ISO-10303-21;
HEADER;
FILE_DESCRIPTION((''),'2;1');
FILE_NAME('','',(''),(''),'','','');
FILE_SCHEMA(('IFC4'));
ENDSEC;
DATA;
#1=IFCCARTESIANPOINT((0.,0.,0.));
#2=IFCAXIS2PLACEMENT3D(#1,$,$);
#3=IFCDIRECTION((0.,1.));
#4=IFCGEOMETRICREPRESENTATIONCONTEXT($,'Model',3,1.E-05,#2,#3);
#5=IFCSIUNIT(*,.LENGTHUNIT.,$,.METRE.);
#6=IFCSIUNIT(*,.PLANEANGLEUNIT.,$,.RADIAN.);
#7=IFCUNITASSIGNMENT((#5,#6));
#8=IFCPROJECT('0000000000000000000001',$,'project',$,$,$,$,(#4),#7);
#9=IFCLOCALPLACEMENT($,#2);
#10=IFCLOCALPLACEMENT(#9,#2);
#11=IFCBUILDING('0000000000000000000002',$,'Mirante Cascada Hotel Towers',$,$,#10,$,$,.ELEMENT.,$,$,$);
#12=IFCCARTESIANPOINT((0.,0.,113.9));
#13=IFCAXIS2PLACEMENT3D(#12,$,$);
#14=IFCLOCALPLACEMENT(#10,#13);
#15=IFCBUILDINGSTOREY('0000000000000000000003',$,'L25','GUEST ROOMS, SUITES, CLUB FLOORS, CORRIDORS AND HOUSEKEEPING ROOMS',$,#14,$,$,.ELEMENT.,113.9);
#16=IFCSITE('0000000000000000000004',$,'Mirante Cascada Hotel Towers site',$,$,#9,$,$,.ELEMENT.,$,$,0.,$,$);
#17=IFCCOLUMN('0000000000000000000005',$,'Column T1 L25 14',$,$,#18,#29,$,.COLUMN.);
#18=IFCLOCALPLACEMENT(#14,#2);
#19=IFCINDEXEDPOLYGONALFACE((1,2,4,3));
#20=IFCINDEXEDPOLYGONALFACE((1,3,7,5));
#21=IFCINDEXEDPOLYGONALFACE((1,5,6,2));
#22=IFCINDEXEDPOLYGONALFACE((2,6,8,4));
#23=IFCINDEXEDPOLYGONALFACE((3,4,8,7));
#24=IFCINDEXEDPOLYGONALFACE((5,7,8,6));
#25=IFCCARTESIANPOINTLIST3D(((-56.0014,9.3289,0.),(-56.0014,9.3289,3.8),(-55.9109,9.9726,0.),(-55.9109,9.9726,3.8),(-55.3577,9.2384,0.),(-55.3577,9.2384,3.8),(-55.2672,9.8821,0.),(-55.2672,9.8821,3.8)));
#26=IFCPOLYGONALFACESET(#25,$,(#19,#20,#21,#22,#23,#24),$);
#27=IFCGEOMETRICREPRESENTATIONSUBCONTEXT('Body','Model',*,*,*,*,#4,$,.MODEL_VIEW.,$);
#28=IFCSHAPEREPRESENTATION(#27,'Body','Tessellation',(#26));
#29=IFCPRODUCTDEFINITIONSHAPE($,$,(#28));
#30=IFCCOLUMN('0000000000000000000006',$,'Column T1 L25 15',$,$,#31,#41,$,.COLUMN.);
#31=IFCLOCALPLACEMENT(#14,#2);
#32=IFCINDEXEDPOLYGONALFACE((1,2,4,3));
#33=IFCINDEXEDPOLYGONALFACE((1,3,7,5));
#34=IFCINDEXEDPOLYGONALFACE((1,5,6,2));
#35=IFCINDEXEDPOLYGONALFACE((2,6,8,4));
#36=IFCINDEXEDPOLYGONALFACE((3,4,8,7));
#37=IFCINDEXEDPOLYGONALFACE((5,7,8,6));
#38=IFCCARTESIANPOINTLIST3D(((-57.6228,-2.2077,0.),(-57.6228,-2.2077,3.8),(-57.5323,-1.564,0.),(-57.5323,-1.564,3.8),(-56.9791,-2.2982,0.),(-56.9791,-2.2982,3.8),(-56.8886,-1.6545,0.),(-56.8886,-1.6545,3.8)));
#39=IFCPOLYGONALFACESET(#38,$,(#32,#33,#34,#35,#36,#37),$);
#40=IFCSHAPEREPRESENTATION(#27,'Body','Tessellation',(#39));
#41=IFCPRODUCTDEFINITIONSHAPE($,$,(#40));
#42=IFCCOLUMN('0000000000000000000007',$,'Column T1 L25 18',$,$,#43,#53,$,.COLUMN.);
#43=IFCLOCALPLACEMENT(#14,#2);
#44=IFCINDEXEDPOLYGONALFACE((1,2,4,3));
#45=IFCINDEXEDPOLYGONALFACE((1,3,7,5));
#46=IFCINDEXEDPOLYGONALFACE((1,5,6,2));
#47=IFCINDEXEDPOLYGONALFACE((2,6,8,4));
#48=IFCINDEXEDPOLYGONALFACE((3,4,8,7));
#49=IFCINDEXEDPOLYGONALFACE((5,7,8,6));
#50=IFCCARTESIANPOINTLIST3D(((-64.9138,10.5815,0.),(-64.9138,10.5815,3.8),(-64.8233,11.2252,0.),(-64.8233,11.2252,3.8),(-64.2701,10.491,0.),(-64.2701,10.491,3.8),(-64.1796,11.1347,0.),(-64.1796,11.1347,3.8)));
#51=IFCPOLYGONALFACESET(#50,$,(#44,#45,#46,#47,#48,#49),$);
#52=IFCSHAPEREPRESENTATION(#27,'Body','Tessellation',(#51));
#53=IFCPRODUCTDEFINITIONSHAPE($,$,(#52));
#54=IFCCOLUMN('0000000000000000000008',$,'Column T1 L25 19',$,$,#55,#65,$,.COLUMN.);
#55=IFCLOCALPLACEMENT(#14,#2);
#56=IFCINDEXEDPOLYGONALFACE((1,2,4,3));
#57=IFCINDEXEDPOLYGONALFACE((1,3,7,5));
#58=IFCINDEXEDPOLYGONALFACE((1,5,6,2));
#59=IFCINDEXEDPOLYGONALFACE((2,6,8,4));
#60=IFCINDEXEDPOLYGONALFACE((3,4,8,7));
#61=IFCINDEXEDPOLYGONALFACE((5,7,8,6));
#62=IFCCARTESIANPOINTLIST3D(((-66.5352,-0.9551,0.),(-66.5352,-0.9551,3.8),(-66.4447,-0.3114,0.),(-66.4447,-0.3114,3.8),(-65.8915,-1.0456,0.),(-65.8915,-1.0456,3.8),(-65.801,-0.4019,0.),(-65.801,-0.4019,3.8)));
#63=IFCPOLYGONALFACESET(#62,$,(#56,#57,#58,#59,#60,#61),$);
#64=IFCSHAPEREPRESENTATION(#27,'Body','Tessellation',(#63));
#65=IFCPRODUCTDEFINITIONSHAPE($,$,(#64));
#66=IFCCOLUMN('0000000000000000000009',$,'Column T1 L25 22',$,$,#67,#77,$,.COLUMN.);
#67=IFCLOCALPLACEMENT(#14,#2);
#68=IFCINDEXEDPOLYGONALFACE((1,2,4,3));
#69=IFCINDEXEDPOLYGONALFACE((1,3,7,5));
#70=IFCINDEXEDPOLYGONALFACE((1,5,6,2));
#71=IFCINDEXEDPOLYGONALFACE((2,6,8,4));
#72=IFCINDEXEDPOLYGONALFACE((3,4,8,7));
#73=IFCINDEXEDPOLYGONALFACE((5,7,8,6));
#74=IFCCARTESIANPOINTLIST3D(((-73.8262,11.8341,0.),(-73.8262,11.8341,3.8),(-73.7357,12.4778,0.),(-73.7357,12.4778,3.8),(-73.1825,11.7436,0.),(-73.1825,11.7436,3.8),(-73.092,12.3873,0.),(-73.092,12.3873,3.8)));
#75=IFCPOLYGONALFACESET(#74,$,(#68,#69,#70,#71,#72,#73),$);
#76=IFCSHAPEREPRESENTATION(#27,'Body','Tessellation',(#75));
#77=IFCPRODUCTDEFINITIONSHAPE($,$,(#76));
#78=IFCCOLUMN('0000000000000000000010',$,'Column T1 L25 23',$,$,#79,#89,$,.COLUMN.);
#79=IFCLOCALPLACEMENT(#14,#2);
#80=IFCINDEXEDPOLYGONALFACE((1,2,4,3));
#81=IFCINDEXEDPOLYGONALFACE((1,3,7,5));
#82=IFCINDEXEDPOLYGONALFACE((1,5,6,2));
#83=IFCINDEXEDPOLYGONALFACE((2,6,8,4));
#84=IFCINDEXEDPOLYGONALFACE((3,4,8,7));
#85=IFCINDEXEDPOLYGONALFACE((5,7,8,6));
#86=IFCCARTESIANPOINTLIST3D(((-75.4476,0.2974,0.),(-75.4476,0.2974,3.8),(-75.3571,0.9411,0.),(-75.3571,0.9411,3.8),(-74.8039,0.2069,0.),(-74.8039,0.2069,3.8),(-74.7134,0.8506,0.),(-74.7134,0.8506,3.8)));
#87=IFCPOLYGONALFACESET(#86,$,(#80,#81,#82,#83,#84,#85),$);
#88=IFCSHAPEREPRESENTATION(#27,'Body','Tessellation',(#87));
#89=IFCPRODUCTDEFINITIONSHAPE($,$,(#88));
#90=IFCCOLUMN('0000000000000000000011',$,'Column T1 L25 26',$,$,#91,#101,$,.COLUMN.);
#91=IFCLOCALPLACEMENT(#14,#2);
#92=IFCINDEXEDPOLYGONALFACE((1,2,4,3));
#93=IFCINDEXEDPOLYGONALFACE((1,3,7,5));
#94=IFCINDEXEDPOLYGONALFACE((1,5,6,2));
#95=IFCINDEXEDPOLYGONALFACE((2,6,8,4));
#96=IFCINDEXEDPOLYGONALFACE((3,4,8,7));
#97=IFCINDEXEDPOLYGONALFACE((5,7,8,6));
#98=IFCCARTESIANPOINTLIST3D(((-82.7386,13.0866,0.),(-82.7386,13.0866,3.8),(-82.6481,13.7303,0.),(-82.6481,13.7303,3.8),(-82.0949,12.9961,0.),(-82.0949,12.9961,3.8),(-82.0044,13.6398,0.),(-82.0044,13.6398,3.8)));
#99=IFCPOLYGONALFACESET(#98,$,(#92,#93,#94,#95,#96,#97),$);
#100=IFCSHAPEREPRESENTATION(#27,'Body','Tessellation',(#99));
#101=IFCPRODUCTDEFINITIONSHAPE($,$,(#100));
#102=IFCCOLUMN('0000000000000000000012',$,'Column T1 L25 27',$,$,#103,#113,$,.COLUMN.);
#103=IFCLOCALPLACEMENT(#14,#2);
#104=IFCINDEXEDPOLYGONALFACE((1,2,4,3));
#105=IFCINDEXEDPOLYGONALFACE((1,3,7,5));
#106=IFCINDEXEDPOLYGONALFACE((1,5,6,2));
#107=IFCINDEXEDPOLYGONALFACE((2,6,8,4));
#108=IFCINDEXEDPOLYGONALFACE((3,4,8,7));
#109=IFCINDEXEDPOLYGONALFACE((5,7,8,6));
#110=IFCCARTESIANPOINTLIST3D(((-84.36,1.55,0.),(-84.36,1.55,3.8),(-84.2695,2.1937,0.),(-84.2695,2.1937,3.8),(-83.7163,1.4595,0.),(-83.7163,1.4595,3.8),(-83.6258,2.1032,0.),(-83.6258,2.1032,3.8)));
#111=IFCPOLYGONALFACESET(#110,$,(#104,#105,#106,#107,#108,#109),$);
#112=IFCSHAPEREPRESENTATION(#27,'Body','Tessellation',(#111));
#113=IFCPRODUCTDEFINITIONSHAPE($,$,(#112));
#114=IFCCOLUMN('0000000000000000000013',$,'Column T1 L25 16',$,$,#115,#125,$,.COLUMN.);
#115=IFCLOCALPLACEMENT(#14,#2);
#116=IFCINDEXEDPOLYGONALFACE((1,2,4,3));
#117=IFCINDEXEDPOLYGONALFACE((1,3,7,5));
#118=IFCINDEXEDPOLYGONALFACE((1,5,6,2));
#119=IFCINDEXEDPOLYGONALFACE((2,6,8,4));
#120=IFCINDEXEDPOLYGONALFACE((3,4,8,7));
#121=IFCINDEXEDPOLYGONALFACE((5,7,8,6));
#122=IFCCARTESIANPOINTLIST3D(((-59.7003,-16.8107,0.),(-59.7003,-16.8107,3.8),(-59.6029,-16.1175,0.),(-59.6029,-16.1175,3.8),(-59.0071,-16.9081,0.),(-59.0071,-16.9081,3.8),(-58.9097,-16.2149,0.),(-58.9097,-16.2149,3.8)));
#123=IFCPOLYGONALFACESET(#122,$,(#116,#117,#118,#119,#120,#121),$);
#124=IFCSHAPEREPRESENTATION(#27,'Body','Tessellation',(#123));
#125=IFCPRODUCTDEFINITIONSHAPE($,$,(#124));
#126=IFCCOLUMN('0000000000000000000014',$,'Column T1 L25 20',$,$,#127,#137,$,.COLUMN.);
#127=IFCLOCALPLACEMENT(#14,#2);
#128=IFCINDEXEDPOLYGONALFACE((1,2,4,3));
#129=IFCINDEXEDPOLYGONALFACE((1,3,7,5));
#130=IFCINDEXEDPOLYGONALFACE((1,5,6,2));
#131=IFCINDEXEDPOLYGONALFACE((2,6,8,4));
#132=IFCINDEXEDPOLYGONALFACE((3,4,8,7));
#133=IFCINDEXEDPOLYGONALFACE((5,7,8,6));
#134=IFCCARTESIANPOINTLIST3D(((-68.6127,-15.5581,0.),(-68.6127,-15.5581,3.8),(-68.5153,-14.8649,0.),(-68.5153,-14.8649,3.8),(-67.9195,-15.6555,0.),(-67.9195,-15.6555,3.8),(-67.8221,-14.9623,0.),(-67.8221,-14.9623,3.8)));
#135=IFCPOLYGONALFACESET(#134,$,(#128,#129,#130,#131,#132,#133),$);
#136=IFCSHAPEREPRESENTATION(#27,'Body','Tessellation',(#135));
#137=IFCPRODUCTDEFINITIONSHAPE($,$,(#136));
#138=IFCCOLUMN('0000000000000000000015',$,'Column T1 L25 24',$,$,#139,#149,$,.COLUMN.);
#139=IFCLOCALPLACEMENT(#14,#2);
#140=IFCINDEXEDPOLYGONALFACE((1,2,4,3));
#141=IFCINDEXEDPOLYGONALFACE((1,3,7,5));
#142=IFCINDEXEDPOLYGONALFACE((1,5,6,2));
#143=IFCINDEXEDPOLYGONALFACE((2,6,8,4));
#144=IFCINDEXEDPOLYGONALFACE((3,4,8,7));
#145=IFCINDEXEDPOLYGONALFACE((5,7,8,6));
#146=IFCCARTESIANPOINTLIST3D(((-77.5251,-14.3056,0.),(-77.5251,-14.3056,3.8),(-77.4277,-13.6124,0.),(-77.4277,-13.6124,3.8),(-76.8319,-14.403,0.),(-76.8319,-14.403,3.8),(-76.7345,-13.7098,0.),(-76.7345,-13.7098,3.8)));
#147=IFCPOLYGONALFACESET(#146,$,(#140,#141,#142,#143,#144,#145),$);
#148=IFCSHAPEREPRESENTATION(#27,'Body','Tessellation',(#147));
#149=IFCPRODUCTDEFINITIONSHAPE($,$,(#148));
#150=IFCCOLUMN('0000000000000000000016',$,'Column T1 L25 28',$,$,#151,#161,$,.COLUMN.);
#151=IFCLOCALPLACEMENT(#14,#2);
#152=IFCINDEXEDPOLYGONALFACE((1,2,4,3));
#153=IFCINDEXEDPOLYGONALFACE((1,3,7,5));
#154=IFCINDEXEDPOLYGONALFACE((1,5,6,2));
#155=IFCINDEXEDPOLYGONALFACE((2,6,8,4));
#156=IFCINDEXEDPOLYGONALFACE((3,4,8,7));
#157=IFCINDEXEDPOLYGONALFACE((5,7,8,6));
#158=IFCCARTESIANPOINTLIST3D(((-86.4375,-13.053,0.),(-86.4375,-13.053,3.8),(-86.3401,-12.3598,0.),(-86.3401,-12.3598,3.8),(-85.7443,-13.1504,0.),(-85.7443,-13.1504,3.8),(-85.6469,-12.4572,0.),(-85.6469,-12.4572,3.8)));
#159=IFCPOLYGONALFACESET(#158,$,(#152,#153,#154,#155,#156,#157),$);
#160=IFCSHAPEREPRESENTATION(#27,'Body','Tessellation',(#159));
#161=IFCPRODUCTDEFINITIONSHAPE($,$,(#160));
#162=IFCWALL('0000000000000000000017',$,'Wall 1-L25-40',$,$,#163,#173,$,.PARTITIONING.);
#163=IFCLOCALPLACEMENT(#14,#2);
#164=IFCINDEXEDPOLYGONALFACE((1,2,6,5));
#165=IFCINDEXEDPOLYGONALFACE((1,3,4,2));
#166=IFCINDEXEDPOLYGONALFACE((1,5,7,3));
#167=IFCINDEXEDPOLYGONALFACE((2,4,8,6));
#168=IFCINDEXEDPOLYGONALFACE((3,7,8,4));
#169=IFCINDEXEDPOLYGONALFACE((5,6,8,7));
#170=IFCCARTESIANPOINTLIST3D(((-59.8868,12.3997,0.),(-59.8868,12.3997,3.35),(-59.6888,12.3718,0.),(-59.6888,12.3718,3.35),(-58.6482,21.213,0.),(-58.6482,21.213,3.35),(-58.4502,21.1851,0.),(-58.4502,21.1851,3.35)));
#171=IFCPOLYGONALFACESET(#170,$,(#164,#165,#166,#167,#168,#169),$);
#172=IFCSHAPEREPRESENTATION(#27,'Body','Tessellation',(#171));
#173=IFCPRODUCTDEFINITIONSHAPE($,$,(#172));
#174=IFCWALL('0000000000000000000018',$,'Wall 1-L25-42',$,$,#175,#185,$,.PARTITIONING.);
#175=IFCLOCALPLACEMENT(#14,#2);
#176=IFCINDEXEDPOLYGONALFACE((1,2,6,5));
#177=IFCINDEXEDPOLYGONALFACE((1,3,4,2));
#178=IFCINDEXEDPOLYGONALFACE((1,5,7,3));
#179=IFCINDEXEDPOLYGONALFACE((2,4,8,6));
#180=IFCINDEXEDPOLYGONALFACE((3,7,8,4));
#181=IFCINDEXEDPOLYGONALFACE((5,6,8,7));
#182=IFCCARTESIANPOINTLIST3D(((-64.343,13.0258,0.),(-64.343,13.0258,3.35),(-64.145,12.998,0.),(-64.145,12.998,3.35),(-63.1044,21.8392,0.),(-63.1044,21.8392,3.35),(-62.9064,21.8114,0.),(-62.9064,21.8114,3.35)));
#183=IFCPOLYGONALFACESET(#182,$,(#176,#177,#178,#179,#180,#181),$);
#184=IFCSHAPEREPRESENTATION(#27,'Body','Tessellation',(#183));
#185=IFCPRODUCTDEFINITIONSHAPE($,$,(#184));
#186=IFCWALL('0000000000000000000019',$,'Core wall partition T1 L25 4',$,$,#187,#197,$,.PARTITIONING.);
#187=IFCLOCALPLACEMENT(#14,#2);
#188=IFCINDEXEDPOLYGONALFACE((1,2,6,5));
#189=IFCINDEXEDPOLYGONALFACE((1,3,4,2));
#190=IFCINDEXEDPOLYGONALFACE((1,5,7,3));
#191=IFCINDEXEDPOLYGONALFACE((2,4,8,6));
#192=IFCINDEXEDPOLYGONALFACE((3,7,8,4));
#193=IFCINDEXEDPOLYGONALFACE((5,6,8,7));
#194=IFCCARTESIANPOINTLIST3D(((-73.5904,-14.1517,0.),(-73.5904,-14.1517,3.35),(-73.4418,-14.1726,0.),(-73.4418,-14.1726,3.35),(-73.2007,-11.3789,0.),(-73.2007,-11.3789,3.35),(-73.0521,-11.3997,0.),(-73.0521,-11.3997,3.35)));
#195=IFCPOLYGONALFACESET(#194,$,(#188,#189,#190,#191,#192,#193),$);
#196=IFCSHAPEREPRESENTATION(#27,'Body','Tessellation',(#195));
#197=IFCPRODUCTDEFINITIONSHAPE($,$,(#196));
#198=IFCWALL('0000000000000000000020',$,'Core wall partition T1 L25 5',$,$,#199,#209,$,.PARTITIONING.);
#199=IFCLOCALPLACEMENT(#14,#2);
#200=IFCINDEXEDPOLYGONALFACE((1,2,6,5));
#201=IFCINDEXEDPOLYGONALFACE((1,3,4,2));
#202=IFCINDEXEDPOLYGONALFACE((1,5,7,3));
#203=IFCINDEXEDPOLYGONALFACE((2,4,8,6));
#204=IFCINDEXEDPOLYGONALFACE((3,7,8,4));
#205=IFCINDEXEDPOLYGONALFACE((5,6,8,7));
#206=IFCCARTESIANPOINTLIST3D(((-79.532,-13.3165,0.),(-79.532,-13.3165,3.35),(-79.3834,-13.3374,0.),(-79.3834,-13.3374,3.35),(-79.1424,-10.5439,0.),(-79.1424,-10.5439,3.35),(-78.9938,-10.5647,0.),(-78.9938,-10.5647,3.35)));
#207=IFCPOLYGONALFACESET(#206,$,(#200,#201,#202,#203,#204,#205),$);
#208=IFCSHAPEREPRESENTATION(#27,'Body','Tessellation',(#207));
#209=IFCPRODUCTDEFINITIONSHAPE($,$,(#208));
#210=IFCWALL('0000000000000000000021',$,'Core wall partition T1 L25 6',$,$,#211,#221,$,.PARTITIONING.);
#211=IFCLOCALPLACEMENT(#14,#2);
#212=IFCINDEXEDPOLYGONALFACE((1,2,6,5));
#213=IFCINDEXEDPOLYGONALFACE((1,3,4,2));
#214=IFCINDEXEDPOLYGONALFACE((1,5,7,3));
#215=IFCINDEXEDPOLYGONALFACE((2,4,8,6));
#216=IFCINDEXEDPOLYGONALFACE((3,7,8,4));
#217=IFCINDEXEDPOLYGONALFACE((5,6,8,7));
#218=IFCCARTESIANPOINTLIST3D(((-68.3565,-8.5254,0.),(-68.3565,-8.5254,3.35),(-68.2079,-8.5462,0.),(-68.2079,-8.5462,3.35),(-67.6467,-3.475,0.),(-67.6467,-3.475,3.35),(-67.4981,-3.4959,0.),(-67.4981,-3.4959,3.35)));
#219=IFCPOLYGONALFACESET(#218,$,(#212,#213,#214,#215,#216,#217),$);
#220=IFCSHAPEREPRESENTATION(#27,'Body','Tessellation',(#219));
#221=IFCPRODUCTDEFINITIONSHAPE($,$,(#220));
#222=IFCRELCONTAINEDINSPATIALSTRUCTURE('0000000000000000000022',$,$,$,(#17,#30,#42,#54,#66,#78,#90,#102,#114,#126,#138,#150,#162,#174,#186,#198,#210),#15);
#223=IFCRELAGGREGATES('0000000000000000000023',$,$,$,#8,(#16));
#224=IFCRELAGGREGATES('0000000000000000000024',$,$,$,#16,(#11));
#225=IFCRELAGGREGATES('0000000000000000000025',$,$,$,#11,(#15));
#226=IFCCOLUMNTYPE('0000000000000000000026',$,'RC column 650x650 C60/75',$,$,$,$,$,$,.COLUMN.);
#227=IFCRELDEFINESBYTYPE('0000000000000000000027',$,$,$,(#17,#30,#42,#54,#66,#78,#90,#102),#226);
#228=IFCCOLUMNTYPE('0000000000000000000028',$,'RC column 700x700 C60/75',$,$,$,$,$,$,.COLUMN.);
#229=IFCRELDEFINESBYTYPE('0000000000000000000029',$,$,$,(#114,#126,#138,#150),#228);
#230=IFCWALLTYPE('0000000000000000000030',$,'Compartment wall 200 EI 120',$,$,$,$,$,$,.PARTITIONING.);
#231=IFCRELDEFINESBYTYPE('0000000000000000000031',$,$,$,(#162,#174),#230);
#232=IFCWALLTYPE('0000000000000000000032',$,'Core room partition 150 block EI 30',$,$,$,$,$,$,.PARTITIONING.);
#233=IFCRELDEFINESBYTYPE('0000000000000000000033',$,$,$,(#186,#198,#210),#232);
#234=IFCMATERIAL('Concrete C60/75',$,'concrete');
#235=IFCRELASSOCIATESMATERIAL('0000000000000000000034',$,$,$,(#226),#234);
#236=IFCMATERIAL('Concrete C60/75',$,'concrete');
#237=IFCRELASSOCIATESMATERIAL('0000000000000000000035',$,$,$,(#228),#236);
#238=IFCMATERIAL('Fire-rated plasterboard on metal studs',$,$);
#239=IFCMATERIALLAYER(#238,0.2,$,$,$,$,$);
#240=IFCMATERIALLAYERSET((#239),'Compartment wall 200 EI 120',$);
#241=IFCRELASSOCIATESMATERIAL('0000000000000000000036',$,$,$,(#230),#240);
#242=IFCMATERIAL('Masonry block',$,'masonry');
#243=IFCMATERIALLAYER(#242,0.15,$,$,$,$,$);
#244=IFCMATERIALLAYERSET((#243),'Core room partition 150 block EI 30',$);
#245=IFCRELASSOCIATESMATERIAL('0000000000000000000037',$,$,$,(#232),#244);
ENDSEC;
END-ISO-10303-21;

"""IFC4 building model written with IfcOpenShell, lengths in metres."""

from ifc_helpers import new_model, si_unit, direction, frame, frame_2d, origin, origin_2d, place, context, subcontext, project, spatial, rectangle, extrude, material, layer, layer_set, material_profile, profile_set, type_object, element, save


model = new_model("IFC4")

# Units and contexts
model_context = context("Model", 3, precision=1e-05, world=origin(), true_north=direction((0.0, 1.0)))
body_context = subcontext(model_context, "Body", "Model", "MODEL_VIEW")
ifc_project = project(units=[si_unit("LENGTHUNIT", "METRE"), si_unit("PLANEANGLEUNIT", "RADIAN")], contexts=[model_context])

# Site, building, storey
site_placement = place(None, origin())
site = spatial("IfcSite", under=ifc_project, at=site_placement, Name="Mirante Cascada Hotel Towers site", CompositionType="ELEMENT", RefElevation=0.0)
building_placement = place(site_placement, origin())
building = spatial("IfcBuilding", under=site, at=building_placement, Name="Mirante Cascada Hotel Towers", CompositionType="ELEMENT")
storey_placement = place(building_placement, frame((0.0, 0.0, 113.9)))
storey = spatial("IfcBuildingStorey", under=building, at=storey_placement, Name="L25", Description="GUEST ROOMS, SUITES, CLUB FLOORS, CORRIDORS AND HOUSEKEEPING ROOMS", CompositionType="ELEMENT", Elevation=113.9)

# Columns
ifc_material_1 = material(Name="Concrete C60/75", Category="concrete")
ifc_material_profile_1 = material_profile(ifc_material_1, rectangle(XDim=0.65, YDim=0.65, at=origin_2d()), Name="RC column 650x650 C60/75")
ifc_profile_set_1 = profile_set([ifc_material_profile_1], Name="Concrete C60/75")
column_type_1 = type_object("IfcColumnType", Name="RC column 650x650 C60/75", PredefinedType="COLUMN", material=ifc_profile_set_1)
for number, where, z_axis, x_axis, name in (
    (1, (-55.6343, 9.6055, 0.0), (0.0, 0.0, 1.0), (-0.990268, 0.139173, 0.0), "Column T1 L25 14"),
    (2, (-57.2557, -1.9311, 0.0), (0.0, 0.0, 1.0), (-0.990268, 0.139173, 0.0), "Column T1 L25 15"),
    (3, (-64.5467, 10.8581, 0.0), (0.0, 0.0, 1.0), (-0.990268, 0.139173, 0.0), "Column T1 L25 18"),
    (4, (-66.1681, -0.6785, 0.0), (0.0, 0.0, 1.0), (-0.990268, 0.139173, 0.0), "Column T1 L25 19"),
    (5, (-73.4591, 12.1107, 0.0), (0.0, 0.0, 1.0), (-0.990268, 0.139173, 0.0), "Column T1 L25 22"),
    (6, (-75.0805, 0.574, 0.0), (0.0, 0.0, 1.0), (-0.990268, 0.139173, 0.0), "Column T1 L25 23"),
    (7, (-82.3715, 13.3632, 0.0), (0.0, 0.0, 1.0), (-0.990268, 0.139173, 0.0), "Column T1 L25 26"),
    (8, (-83.9929, 1.8266, 0.0), (0.0, 0.0, 1.0), (-0.990268, 0.139173, 0.0), "Column T1 L25 27"),
):
    element("IfcColumn", number, at=place(storey_placement, frame(where, z_axis=z_axis, x_axis=x_axis)), inside=storey, type_object=column_type_1, Name=name, PredefinedType="COLUMN", context=body_context, shape_type="SweptSolid", body=[
        extrude(rectangle(XDim=0.65, YDim=0.65, at=origin_2d()), origin(), (0.0, 0.0, 1.0), 3.8),
    ])
ifc_material_2 = material(Name="Concrete C60/75", Category="concrete")
ifc_material_profile_2 = material_profile(ifc_material_2, rectangle(XDim=0.7, YDim=0.7, at=origin_2d()), Name="RC column 700x700 C60/75")
ifc_profile_set_2 = profile_set([ifc_material_profile_2], Name="Concrete C60/75")
column_type_2 = type_object("IfcColumnType", Name="RC column 700x700 C60/75", PredefinedType="COLUMN", material=ifc_profile_set_2)
for number, where, z_axis, x_axis, name in (
    (9, (-59.305, -16.5128, 0.0), (0.0, 0.0, 1.0), (-0.990268, 0.139173, 0.0), "Column T1 L25 16"),
    (10, (-68.2174, -15.2602, 0.0), (0.0, 0.0, 1.0), (-0.990268, 0.139173, 0.0), "Column T1 L25 20"),
    (11, (-77.1298, -14.0077, 0.0), (0.0, 0.0, 1.0), (-0.990268, 0.139173, 0.0), "Column T1 L25 24"),
    (12, (-86.0422, -12.7551, 0.0), (0.0, 0.0, 1.0), (-0.990268, 0.139173, 0.0), "Column T1 L25 28"),
):
    element("IfcColumn", number, at=place(storey_placement, frame(where, z_axis=z_axis, x_axis=x_axis)), inside=storey, type_object=column_type_2, Name=name, PredefinedType="COLUMN", context=body_context, shape_type="SweptSolid", body=[
        extrude(rectangle(XDim=0.7, YDim=0.7, at=origin_2d()), origin(), (0.0, 0.0, 1.0), 3.8),
    ])

# Walls
ifc_material_3 = material(Name="Fire-rated plasterboard on metal studs")
ifc_layer_1 = layer(ifc_material_3, 0.2)
ifc_layer_set_1 = layer_set([ifc_layer_1], Name="Compartment wall 200 EI 120")
wall_type_1 = type_object("IfcWallType", Name="Compartment wall 200 EI 120", PredefinedType="PARTITIONING", material=ifc_layer_set_1)
wall_1_placement = place(storey_placement, frame((-59.7878, 12.3857, 0.0), z_axis=(0.0, 0.0, 1.0), x_axis=(0.13917, 0.990268, 0.0)))
element("IfcWall", 13, at=wall_1_placement, inside=storey, type_object=wall_type_1, Name="Wall 1-L25-40", PredefinedType="PARTITIONING", context=body_context, shape_type="SweptSolid", body=[
    extrude(rectangle(XDim=8.8999, YDim=0.2, at=frame_2d((4.45, 0.0))), origin(), (0.0, 0.0, 1.0), 3.35),
])
wall_2_placement = place(storey_placement, frame((-64.244, 13.0119, 0.0), z_axis=(0.0, 0.0, 1.0), x_axis=(0.139168, 0.990269, 0.0)))
element("IfcWall", 14, at=wall_2_placement, inside=storey, type_object=wall_type_1, Name="Wall 1-L25-42", PredefinedType="PARTITIONING", context=body_context, shape_type="SweptSolid", body=[
    extrude(rectangle(XDim=8.9, YDim=0.2, at=frame_2d((4.45, 0.0))), origin(), (0.0, 0.0, 1.0), 3.35),
])
ifc_material_4 = material(Name="Masonry block", Category="masonry")
ifc_layer_2 = layer(ifc_material_4, 0.15)
ifc_layer_set_2 = layer_set([ifc_layer_2], Name="Core room partition 150 block EI 30")
wall_type_2 = type_object("IfcWallType", Name="Core room partition 150 block EI 30", PredefinedType="PARTITIONING", material=ifc_layer_set_2)
wall_3_placement = place(storey_placement, frame((-73.5161, -14.1621, 0.0), z_axis=(0.0, 0.0, 1.0), x_axis=(0.139176, 0.990268, 0.0)))
element("IfcWall", 15, at=wall_3_placement, inside=storey, type_object=wall_type_2, Name="Core wall partition T1 L25 4", PredefinedType="PARTITIONING", context=body_context, shape_type="SweptSolid", body=[
    extrude(rectangle(XDim=2.8001, YDim=0.15, at=frame_2d((1.4, 0.0))), origin(), (0.0, 0.0, 1.0), 3.35),
])
wall_4_placement = place(storey_placement, frame((-79.4577, -13.327, 0.0), z_axis=(0.0, 0.0, 1.0), x_axis=(0.139146, 0.990272, 0.0)))
element("IfcWall", 16, at=wall_4_placement, inside=storey, type_object=wall_type_2, Name="Core wall partition T1 L25 5", PredefinedType="PARTITIONING", context=body_context, shape_type="SweptSolid", body=[
    extrude(rectangle(XDim=2.7999, YDim=0.15, at=frame_2d((1.4, 0.0))), origin(), (0.0, 0.0, 1.0), 3.35),
])
wall_5_placement = place(storey_placement, frame((-68.2822, -8.5358, 0.0), z_axis=(0.0, 0.0, 1.0), x_axis=(0.139176, 0.990268, 0.0)))
element("IfcWall", 17, at=wall_5_placement, inside=storey, type_object=wall_type_2, Name="Core wall partition T1 L25 6", PredefinedType="PARTITIONING", context=body_context, shape_type="SweptSolid", body=[
    extrude(rectangle(XDim=5.1, YDim=0.15, at=frame_2d((2.55, 0.0))), origin(), (0.0, 0.0, 1.0), 3.35),
])

save(model, "model.ifc")
